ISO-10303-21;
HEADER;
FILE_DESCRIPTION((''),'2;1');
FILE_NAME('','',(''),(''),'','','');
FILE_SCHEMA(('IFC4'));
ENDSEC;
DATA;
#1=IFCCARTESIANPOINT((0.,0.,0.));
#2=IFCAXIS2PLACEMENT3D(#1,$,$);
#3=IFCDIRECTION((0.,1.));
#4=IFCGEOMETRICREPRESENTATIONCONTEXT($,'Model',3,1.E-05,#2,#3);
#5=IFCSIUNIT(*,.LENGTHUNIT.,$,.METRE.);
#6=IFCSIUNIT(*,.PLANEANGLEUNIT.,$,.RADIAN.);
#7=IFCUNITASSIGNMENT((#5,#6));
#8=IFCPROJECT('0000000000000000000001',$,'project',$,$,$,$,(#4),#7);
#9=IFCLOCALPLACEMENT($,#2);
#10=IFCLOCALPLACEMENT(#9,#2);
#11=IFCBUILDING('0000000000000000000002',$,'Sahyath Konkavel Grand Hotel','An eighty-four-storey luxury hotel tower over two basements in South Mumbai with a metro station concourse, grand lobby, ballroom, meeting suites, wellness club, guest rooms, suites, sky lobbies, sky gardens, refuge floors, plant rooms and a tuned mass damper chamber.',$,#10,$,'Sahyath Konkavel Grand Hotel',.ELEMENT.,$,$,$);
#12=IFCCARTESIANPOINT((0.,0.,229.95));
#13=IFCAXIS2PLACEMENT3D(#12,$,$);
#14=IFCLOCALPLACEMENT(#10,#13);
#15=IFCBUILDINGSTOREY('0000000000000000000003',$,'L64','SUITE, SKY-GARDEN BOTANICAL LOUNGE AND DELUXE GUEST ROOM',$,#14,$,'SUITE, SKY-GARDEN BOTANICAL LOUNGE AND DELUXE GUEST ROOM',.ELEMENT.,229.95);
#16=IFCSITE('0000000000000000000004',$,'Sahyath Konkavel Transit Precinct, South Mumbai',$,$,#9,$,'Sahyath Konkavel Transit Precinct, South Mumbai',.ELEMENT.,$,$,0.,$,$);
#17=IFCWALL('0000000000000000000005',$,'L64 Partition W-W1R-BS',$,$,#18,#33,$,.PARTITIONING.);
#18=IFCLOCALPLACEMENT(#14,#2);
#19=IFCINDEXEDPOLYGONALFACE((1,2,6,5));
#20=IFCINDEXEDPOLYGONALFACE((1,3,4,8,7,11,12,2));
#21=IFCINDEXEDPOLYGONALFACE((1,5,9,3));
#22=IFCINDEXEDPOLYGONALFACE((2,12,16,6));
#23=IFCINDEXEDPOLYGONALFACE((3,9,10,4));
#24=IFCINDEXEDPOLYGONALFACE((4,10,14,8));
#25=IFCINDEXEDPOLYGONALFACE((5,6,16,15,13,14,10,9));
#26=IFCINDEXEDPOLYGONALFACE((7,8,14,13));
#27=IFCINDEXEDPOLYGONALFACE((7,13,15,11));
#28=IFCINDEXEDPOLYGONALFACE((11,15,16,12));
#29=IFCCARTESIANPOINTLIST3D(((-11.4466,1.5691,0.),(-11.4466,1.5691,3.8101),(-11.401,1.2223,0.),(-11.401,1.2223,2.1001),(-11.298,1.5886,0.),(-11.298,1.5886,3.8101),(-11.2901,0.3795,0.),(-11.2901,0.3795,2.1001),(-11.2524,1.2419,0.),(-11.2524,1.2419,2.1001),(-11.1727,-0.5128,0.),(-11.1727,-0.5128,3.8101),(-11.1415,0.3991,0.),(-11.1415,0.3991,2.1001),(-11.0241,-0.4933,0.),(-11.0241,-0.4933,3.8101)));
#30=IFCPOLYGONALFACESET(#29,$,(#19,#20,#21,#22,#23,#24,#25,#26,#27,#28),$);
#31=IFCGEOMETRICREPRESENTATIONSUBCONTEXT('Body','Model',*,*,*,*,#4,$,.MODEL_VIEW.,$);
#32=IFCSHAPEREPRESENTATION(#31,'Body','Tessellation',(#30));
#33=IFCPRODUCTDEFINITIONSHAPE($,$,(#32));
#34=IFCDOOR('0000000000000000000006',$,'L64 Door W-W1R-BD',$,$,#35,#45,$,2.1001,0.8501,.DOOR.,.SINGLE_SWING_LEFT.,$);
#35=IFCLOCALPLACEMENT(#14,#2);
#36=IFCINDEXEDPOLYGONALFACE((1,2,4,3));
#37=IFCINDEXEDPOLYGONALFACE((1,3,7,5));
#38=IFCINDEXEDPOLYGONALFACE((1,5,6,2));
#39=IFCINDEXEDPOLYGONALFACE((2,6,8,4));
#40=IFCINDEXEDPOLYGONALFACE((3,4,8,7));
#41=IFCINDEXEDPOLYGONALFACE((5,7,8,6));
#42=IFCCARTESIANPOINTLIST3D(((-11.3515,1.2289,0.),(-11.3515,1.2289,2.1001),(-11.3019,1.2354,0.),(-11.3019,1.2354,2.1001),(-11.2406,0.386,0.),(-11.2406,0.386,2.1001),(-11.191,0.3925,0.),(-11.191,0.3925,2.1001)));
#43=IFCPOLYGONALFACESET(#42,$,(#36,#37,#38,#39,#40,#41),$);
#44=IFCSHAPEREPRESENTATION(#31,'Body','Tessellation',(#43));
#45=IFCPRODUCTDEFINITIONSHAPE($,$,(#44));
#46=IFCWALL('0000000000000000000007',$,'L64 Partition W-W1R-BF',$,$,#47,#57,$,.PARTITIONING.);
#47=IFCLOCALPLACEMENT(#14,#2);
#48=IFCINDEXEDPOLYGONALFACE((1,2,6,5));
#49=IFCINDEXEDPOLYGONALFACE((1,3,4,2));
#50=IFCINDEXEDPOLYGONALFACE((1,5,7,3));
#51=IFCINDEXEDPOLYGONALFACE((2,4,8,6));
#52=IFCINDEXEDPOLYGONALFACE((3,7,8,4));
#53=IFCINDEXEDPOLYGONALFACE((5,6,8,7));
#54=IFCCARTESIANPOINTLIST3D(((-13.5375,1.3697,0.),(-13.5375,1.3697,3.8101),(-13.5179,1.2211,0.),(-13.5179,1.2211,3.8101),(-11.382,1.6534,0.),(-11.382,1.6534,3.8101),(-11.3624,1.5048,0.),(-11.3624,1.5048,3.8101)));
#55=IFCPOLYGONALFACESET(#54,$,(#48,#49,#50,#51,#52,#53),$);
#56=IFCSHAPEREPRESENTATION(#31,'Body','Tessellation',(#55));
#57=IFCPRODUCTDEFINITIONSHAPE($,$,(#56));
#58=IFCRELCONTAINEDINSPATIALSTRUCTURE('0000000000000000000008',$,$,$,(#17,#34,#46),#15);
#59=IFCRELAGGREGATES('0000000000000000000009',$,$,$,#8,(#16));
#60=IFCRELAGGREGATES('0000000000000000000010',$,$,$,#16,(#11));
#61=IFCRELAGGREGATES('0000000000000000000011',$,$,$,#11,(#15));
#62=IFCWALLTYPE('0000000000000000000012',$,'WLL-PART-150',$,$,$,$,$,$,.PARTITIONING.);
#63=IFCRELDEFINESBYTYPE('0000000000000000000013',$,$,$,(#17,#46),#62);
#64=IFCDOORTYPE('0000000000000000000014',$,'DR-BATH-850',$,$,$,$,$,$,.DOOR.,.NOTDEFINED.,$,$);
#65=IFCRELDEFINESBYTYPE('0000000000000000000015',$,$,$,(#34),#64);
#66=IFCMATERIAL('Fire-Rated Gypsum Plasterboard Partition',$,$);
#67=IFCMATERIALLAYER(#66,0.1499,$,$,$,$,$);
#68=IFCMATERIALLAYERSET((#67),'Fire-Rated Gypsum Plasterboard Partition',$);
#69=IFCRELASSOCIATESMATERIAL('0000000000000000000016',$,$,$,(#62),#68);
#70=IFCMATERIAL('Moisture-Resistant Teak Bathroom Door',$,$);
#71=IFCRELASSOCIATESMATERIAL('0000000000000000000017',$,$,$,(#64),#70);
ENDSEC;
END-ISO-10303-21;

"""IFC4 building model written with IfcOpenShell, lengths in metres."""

from ifc_helpers import new_model, si_unit, direction, frame, frame_2d, origin, origin_2d, place, context, subcontext, project, spatial, rectangle, extrude, source, transform, mapped, material, layer, layer_set, type_object, element, fill, save


model = new_model("IFC4")

# Units and contexts
model_context = context("Model", 3, precision=1e-05, world=origin(), true_north=direction((0.0, 1.0)))
body_context = subcontext(model_context, "Body", "Model", "MODEL_VIEW")
ifc_project = project(units=[si_unit("LENGTHUNIT", "METRE"), si_unit("PLANEANGLEUNIT", "RADIAN")], contexts=[model_context])

# Site, building, storey
site_placement = place(None, origin())
site = spatial("IfcSite", under=ifc_project, at=site_placement, Name="Sahyath Konkavel Transit Precinct, South Mumbai", LongName="Sahyath Konkavel Transit Precinct, South Mumbai", CompositionType="ELEMENT", RefElevation=0.0)
building_placement = place(site_placement, origin())
building = spatial("IfcBuilding", under=site, at=building_placement, Name="Sahyath Konkavel Grand Hotel", Description="An eighty-four-storey luxury hotel tower over two basements in South Mumbai with a metro station concourse, grand lobby, ballroom, meeting suites, wellness club, guest rooms, suites, sky lobbies, sky gardens, refuge floors, plant rooms and a tuned mass damper chamber.", LongName="Sahyath Konkavel Grand Hotel", CompositionType="ELEMENT")
storey_placement = place(building_placement, frame((0.0, 0.0, 229.95)))
storey = spatial("IfcBuildingStorey", under=building, at=storey_placement, Name="L64", Description="SUITE, SKY-GARDEN BOTANICAL LOUNGE AND DELUXE GUEST ROOM", LongName="SUITE, SKY-GARDEN BOTANICAL LOUNGE AND DELUXE GUEST ROOM", CompositionType="ELEMENT", Elevation=229.95)

# Shared definitions
ifc_material_1 = material(Name="Fire-Rated Gypsum Plasterboard Partition")
ifc_layer_1 = layer(ifc_material_1, 0.1499)
ifc_layer_set_1 = layer_set([ifc_layer_1], Name="Fire-Rated Gypsum Plasterboard Partition")
wall_type_1 = type_object("IfcWallType", Name="WLL-PART-150", PredefinedType="PARTITIONING", material=ifc_layer_set_1)
shared_shape_1 = source(origin(), body_context, "Body", "SweptSolid", [
    extrude(rectangle(XDim=0.8501, YDim=0.05, at=origin_2d()), origin(), (0.0, 0.0, 1.0), 2.1001),
])

# Wall, opening, door
wall_1_placement = place(storey_placement, frame((-11.0984, -0.5029, 0.0), z_axis=(0.0, 0.0, 1.0), x_axis=(-0.130442, 0.991456, 0.0)))
wall_1 = element("IfcWall", 1, at=wall_1_placement, inside=storey, type_object=wall_type_1, Name="L64 Partition W-W1R-BS", PredefinedType="PARTITIONING", context=body_context, shape_type="SweptSolid", body=[
    extrude(rectangle(XDim=2.0999, YDim=0.1499, at=frame_2d((1.0498, 0.0))), origin(), (0.0, 0.0, 1.0), 3.8101),
])
opening_1_placement = place(wall_1_placement, frame((0.8999, 0.0, 0.0)))
opening_1 = element("IfcOpeningElement", 2, at=opening_1_placement, cuts=wall_1, PredefinedType="OPENING", context=body_context, shape_type="SweptSolid", body=[
    extrude(rectangle(XDim=0.8501, YDim=2.1001, at=frame_2d((0.425, 1.05))), frame((0.0, 0.085, 0.0), z_axis=(0.0, -1.0, 0.0), x_axis=(1.0, 0.0, 0.0)), (0.0, 0.0, 1.0), 0.1699),
])
ifc_material_2 = material(Name="Moisture-Resistant Teak Bathroom Door")
door_type_1 = type_object("IfcDoorType", Name="DR-BATH-850", OperationType="NOTDEFINED", PredefinedType="DOOR", material=ifc_material_2)
door_1_placement = place(opening_1_placement, frame((0.425, 0.0, 0.0)))
door_1 = element("IfcDoor", 3, at=door_1_placement, inside=storey, type_object=door_type_1, Name="L64 Door W-W1R-BD", OperationType="SINGLE_SWING_LEFT", OverallHeight=2.1001, OverallWidth=0.8501, PredefinedType="DOOR", context=body_context, shape_type="MappedRepresentation", body=[
    mapped(shared_shape_1, transform((0.0, 0.0, 0.0), scale=1.0)),
])
fill(opening_1, door_1)

# Wall
wall_2_placement = place(storey_placement, frame((-11.3723, 1.5791, 0.0), z_axis=(0.0, 0.0, 1.0), x_axis=(-0.99145, -0.130486, 0.0)))
element("IfcWall", 4, at=wall_2_placement, inside=storey, type_object=wall_type_1, Name="L64 Partition W-W1R-BF", PredefinedType="PARTITIONING", context=body_context, shape_type="SweptSolid", body=[
    extrude(rectangle(XDim=2.1741, YDim=0.1499, at=frame_2d((1.0869, 0.0))), origin(), (0.0, 0.0, 1.0), 3.8101),
])

save(model, "model.ifc")
